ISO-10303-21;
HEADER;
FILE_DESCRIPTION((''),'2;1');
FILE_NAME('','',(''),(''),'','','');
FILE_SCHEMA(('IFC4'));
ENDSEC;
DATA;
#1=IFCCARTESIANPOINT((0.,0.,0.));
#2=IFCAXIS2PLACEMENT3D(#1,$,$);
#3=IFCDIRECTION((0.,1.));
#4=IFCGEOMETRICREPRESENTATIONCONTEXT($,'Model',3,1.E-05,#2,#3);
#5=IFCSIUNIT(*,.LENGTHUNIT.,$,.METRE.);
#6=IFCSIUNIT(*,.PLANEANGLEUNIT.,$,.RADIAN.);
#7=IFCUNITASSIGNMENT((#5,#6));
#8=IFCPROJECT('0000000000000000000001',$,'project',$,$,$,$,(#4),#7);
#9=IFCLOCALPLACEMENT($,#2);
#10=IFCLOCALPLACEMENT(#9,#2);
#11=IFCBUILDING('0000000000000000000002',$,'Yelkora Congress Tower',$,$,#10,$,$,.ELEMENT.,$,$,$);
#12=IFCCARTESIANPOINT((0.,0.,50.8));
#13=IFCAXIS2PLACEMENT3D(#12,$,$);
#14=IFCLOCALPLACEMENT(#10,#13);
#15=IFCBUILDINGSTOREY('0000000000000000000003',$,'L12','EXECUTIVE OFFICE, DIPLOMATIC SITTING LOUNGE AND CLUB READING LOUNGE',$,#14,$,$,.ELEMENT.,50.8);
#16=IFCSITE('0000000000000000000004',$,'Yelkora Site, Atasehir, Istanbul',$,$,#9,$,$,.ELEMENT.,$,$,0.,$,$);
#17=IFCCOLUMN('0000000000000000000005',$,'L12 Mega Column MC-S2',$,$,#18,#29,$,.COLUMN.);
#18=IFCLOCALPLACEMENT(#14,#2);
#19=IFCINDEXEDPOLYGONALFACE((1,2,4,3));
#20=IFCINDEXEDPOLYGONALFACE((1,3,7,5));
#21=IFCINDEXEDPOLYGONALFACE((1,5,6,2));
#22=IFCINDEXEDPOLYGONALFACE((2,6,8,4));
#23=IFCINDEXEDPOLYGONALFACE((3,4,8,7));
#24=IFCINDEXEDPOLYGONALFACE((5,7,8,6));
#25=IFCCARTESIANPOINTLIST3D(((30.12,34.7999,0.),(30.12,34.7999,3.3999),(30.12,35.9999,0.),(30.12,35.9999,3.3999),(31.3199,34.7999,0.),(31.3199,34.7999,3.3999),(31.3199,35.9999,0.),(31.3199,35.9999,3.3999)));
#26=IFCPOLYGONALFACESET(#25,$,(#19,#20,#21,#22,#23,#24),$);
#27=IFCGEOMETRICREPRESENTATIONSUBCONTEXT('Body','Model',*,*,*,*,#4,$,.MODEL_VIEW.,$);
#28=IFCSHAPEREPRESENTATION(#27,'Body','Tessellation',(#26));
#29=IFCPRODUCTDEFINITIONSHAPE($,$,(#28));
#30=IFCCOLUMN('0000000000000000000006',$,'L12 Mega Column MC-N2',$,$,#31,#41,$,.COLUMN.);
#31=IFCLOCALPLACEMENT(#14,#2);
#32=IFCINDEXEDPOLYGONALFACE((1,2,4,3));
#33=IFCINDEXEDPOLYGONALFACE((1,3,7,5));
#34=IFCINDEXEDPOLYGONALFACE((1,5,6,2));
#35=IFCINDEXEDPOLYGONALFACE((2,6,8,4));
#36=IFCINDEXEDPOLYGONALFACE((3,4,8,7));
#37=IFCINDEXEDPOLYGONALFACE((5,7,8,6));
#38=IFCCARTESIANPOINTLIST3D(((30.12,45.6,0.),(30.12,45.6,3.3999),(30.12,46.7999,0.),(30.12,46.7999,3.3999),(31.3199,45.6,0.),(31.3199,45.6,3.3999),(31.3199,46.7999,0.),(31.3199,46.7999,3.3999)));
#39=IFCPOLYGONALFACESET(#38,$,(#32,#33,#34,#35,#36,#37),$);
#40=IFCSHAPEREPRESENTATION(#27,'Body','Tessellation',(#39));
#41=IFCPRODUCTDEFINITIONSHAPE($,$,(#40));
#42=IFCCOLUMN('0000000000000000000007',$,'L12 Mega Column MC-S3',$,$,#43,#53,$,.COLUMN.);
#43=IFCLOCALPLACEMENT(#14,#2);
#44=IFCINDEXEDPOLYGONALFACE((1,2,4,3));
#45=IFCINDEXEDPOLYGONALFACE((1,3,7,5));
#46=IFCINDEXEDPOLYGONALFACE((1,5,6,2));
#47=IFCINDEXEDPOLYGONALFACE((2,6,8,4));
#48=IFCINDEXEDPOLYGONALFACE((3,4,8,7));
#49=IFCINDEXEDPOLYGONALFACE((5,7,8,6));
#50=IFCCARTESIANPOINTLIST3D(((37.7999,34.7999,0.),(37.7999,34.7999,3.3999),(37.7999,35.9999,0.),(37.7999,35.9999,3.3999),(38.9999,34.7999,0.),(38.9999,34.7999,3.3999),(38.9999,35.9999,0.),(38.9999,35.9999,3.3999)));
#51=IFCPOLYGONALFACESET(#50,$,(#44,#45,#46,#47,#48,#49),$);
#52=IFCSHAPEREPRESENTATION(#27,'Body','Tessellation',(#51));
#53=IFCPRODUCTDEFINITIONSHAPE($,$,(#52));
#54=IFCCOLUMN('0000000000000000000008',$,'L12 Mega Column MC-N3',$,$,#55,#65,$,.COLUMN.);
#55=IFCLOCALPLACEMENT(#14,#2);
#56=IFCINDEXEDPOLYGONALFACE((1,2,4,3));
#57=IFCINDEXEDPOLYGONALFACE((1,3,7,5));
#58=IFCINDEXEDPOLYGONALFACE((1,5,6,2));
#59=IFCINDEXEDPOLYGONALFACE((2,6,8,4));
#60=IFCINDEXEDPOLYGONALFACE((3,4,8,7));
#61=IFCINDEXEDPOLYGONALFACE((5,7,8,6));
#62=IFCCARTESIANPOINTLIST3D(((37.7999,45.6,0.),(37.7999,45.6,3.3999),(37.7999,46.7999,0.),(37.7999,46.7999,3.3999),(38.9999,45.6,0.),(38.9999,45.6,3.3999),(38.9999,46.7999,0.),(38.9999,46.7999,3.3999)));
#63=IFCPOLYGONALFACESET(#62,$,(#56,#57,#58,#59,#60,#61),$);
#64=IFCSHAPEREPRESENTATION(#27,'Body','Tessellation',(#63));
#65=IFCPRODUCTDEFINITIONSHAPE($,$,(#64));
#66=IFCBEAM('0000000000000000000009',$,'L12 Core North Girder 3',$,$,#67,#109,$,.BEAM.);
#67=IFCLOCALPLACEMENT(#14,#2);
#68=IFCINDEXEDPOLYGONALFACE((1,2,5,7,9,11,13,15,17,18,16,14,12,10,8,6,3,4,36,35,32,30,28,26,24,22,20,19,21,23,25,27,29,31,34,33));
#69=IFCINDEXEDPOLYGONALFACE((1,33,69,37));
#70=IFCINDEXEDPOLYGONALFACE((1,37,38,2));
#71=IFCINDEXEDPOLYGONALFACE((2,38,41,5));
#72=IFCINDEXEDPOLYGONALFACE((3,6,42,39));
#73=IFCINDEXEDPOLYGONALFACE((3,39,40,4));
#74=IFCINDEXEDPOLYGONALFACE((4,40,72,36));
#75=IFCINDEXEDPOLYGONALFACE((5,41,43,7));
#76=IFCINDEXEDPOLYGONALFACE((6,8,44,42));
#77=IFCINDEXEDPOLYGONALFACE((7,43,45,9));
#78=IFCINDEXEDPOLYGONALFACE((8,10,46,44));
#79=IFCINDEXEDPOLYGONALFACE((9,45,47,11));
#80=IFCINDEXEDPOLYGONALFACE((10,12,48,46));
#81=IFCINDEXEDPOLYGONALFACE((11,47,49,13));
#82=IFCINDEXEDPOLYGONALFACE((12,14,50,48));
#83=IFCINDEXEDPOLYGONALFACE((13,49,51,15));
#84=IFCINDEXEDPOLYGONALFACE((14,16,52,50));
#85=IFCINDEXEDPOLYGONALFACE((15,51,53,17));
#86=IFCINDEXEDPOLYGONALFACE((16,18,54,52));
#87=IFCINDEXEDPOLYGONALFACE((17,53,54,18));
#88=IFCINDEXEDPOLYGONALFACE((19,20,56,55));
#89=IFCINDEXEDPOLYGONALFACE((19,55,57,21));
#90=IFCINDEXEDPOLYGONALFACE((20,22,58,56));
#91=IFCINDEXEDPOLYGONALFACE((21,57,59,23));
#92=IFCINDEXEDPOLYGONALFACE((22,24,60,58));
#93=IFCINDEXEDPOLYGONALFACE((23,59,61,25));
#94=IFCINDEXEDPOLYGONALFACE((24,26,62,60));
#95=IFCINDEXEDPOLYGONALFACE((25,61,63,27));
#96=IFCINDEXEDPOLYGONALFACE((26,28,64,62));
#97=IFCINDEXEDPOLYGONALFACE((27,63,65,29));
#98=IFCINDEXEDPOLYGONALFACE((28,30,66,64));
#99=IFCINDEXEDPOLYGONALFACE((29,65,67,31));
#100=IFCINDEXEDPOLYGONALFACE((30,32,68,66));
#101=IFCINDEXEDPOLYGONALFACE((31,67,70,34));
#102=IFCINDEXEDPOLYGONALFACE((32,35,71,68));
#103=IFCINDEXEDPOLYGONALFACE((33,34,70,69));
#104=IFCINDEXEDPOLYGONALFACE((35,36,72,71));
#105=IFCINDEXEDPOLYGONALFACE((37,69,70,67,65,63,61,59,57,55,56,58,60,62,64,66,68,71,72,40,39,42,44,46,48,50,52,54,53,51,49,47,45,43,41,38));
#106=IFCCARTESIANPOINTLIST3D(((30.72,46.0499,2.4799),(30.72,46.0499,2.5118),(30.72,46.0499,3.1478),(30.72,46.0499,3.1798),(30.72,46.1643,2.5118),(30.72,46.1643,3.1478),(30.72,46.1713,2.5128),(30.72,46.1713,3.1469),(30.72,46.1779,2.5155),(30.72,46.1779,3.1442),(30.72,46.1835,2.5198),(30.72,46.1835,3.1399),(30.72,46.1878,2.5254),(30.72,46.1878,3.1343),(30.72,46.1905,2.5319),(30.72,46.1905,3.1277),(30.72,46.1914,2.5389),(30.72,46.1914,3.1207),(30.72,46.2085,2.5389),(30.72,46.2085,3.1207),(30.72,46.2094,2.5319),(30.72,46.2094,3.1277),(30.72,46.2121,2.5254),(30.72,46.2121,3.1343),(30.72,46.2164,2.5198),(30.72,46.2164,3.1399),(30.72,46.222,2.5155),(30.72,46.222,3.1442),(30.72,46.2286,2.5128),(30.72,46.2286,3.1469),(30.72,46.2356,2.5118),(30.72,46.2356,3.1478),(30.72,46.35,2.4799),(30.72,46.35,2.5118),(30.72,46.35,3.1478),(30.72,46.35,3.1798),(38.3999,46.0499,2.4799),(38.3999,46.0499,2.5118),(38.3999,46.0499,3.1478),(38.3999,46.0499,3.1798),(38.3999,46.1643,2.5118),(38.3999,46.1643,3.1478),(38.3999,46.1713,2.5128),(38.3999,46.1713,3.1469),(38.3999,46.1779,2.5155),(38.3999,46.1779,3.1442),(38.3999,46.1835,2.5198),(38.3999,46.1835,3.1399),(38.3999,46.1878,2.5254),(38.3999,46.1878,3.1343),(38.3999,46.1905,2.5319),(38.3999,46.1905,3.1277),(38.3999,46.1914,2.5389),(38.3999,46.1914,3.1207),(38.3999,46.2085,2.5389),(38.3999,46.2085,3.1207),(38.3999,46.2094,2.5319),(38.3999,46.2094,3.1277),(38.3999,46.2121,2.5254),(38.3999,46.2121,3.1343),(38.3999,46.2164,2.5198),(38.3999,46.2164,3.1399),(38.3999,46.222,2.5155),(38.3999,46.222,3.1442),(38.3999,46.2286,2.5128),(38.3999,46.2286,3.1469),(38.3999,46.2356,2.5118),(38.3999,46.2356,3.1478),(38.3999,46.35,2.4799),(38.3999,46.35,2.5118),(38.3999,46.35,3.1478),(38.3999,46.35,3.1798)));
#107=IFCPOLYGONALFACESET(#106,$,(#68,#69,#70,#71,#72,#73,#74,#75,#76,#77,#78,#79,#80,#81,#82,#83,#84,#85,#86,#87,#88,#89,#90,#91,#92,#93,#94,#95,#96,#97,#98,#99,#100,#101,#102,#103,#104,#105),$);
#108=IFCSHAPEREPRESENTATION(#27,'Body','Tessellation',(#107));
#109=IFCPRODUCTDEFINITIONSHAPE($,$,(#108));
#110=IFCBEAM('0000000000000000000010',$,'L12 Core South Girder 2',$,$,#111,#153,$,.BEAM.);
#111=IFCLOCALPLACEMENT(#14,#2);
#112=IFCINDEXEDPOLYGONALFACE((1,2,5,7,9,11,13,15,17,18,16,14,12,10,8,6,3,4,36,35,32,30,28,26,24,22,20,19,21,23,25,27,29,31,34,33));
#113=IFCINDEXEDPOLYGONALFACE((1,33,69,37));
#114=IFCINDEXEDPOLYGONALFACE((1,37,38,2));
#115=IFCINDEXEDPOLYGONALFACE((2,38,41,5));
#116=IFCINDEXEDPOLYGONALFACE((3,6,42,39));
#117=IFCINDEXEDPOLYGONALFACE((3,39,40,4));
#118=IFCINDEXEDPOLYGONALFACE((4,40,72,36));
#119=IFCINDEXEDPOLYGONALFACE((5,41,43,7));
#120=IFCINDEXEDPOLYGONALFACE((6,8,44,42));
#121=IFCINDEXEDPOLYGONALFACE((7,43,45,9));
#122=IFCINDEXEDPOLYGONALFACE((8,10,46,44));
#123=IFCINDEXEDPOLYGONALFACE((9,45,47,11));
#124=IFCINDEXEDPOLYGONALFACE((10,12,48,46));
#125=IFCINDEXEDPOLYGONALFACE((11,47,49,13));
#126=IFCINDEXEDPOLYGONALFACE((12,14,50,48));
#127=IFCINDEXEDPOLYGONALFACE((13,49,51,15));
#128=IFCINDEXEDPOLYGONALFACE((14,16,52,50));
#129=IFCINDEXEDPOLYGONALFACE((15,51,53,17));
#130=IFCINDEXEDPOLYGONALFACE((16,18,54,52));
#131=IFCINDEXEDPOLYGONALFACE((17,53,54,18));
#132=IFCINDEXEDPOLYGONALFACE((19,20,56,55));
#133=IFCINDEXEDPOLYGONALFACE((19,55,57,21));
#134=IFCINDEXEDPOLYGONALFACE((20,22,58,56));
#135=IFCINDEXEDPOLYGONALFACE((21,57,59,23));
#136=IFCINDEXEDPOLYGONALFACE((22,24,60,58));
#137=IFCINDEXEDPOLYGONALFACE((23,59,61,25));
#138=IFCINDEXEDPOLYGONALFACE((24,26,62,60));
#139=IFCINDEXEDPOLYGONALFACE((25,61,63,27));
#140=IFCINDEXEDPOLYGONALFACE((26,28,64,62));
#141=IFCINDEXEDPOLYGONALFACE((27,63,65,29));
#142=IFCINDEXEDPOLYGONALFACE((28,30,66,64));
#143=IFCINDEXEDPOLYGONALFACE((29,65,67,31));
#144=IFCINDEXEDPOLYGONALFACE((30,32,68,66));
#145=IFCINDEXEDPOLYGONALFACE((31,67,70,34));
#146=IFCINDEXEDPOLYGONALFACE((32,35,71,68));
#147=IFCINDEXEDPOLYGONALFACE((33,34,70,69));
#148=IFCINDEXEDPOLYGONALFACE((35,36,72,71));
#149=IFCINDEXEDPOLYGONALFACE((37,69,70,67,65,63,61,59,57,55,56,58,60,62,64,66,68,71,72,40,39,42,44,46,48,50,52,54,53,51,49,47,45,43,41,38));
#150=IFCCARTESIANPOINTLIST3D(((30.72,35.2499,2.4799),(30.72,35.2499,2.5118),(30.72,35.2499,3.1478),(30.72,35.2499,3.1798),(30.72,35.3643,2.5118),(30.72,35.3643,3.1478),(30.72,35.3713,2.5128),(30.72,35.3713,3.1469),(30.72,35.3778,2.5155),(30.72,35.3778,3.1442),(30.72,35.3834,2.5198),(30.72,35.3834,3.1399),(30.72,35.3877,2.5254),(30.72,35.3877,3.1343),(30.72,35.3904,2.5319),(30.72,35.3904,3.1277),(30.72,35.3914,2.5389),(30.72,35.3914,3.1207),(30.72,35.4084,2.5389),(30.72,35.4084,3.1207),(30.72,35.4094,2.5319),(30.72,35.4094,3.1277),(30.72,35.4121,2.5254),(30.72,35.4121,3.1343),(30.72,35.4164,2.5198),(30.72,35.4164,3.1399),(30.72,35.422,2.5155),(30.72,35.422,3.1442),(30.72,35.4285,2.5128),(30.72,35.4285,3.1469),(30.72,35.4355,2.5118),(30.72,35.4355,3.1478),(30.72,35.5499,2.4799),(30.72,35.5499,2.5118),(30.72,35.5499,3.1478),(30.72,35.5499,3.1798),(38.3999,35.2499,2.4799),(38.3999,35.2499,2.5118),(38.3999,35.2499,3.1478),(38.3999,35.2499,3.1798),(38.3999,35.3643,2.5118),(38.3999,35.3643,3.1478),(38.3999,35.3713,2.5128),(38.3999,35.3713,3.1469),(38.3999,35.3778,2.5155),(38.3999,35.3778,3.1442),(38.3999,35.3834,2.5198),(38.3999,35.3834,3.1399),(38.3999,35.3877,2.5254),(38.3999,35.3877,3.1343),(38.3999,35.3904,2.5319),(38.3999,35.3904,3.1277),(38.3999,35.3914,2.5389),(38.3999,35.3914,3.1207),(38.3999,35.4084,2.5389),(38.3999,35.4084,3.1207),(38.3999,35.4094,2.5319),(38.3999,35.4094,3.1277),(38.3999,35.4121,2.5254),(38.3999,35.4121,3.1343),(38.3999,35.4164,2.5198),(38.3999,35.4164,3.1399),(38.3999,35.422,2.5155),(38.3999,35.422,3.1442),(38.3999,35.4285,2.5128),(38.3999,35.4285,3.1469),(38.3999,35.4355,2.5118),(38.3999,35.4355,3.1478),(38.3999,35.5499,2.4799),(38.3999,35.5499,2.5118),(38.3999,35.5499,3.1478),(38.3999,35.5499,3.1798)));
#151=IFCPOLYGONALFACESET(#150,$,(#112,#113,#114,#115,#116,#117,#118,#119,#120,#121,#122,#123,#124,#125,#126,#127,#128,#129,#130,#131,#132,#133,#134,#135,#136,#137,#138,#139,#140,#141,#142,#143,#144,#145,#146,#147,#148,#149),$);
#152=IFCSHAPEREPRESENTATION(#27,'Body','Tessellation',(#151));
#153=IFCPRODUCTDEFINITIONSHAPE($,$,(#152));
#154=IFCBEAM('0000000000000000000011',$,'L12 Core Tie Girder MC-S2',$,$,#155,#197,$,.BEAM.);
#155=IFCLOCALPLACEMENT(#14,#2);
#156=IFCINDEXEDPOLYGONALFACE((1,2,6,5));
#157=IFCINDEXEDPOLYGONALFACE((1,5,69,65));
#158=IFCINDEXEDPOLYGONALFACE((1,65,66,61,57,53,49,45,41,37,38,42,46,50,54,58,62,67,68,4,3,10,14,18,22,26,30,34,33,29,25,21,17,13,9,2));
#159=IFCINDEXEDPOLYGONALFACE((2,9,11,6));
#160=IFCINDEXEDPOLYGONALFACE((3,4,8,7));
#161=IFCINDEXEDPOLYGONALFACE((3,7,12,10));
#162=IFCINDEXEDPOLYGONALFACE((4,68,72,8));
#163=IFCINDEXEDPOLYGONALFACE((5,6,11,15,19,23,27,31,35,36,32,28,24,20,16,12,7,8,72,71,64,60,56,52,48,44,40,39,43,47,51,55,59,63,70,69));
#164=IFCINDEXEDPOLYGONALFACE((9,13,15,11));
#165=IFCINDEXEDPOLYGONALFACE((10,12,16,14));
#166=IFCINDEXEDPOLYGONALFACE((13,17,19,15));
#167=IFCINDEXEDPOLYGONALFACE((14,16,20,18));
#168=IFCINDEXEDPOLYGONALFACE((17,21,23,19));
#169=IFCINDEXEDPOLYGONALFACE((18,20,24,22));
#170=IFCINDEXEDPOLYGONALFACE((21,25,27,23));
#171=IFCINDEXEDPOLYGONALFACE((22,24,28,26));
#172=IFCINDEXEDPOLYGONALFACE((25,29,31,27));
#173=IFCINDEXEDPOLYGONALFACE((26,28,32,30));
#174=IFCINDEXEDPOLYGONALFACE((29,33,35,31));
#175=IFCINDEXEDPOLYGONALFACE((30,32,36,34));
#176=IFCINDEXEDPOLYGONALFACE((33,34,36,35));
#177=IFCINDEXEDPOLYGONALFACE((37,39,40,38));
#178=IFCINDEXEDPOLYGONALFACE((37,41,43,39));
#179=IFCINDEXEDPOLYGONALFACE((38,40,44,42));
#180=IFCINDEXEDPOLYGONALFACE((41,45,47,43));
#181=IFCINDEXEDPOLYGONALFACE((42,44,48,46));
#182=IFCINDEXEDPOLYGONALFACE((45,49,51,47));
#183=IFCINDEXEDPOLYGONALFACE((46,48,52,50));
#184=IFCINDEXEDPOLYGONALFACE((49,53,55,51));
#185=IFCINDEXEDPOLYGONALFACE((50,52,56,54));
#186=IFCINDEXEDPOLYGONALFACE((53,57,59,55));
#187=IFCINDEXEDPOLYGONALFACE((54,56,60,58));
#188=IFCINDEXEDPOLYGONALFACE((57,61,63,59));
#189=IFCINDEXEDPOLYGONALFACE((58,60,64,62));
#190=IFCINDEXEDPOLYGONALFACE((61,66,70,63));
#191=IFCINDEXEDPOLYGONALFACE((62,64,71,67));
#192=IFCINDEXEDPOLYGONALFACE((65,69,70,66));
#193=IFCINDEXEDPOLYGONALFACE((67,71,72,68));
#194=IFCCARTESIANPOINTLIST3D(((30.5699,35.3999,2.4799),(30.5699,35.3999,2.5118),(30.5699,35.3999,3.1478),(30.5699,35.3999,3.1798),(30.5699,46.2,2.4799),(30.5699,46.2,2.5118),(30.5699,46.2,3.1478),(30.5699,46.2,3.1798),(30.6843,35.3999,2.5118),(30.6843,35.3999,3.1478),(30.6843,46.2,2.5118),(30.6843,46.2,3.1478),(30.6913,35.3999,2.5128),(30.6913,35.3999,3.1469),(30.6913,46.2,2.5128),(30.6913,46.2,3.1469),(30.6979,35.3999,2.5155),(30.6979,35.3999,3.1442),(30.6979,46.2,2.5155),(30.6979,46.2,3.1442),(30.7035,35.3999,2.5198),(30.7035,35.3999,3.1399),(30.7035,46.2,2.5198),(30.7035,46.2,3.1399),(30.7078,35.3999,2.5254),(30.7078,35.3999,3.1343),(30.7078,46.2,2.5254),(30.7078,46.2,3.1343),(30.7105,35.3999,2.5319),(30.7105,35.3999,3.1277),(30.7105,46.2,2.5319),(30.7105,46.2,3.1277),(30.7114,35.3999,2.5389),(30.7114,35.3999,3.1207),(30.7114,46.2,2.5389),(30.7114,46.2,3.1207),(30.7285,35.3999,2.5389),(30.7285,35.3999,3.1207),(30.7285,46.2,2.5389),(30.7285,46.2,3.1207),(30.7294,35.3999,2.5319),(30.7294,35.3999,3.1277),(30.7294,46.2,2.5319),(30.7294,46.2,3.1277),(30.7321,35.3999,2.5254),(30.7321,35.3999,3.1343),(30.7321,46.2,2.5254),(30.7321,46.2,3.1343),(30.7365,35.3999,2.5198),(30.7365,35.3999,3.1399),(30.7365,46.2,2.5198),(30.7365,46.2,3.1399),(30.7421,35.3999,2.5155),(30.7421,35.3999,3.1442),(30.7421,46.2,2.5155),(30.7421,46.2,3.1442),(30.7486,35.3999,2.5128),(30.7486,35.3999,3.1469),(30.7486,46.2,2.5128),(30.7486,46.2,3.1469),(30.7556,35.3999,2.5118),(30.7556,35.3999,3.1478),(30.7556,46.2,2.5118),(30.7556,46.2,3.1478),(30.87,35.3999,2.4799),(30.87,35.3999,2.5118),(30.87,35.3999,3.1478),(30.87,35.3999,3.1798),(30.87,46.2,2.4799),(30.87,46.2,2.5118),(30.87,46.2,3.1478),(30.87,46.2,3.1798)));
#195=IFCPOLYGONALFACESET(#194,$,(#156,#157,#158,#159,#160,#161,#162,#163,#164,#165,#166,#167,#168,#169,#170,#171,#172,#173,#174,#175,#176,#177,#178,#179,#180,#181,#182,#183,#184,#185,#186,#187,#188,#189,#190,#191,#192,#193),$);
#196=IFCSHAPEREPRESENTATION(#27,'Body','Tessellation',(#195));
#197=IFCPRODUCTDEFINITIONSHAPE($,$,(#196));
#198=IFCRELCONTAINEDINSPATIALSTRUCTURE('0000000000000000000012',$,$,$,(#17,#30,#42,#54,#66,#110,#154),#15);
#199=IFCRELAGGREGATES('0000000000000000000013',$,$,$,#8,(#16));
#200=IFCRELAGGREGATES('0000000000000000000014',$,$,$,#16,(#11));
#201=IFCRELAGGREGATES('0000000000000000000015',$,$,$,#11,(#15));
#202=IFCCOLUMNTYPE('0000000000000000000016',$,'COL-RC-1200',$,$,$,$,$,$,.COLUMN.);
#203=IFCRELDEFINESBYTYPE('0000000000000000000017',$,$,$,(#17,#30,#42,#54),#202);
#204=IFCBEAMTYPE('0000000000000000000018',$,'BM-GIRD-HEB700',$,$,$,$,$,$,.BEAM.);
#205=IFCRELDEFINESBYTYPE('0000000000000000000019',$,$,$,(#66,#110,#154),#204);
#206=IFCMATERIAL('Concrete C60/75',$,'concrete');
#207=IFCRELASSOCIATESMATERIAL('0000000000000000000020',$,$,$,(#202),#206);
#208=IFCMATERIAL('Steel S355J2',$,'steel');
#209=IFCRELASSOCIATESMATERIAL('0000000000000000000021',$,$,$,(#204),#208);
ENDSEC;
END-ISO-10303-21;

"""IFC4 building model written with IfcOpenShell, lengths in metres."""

from ifc_helpers import new_model, si_unit, direction, frame, origin, origin_2d, place, context, subcontext, project, spatial, rectangle, i_section, extrude, material, material_profile, profile_set, type_object, element, save


model = new_model("IFC4")

# Units and contexts
model_context = context("Model", 3, precision=1e-05, world=origin(), true_north=direction((0.0, 1.0)))
body_context = subcontext(model_context, "Body", "Model", "MODEL_VIEW")
ifc_project = project(units=[si_unit("LENGTHUNIT", "METRE"), si_unit("PLANEANGLEUNIT", "RADIAN")], contexts=[model_context])

# Site, building, storey
site_placement = place(None, origin())
site = spatial("IfcSite", under=ifc_project, at=site_placement, Name="Yelkora Site, Atasehir, Istanbul", CompositionType="ELEMENT", RefElevation=0.0)
building_placement = place(site_placement, origin())
building = spatial("IfcBuilding", under=site, at=building_placement, Name="Yelkora Congress Tower", CompositionType="ELEMENT")
storey_placement = place(building_placement, frame((0.0, 0.0, 50.8)))
storey = spatial("IfcBuildingStorey", under=building, at=storey_placement, Name="L12", Description="EXECUTIVE OFFICE, DIPLOMATIC SITTING LOUNGE AND CLUB READING LOUNGE", CompositionType="ELEMENT", Elevation=50.8)

# Columns
ifc_material_1 = material(Name="Concrete C60/75", Category="concrete")
ifc_material_profile_1 = material_profile(ifc_material_1, rectangle(XDim=1.2, YDim=1.2, at=origin_2d()), Name="RC 1200x1200")
ifc_profile_set_1 = profile_set([ifc_material_profile_1], Name="Concrete C60/75")
column_type = type_object("IfcColumnType", Name="COL-RC-1200", PredefinedType="COLUMN", material=ifc_profile_set_1)
for number, where, z_axis, x_axis, name in (
    (1, (30.72, 35.3999, 0.0), (0.0, 0.0, 1.0), (1.0, 0.0, 0.0), "L12 Mega Column MC-S2"),
    (2, (30.72, 46.2, 0.0), (0.0, 0.0, 1.0), (1.0, 0.0, 0.0), "L12 Mega Column MC-N2"),
    (3, (38.3999, 35.3999, 0.0), (0.0, 0.0, 1.0), (1.0, 0.0, 0.0), "L12 Mega Column MC-S3"),
    (4, (38.3999, 46.2, 0.0), (0.0, 0.0, 1.0), (1.0, 0.0, 0.0), "L12 Mega Column MC-N3"),
):
    element("IfcColumn", number, at=place(storey_placement, frame(where, z_axis=z_axis, x_axis=x_axis)), inside=storey, type_object=column_type, Name=name, PredefinedType="COLUMN", context=body_context, shape_type="SweptSolid", body=[
        extrude(rectangle(XDim=1.2, YDim=1.2, at=origin_2d()), origin(), (0.0, 0.0, 1.0), 3.3999),
    ])

# Beams
ifc_material_2 = material(Name="Steel S355J2", Category="steel")
ifc_material_profile_2 = material_profile(ifc_material_2, i_section(OverallWidth=0.3, OverallDepth=0.7, WebThickness=0.0171, FlangeThickness=0.032, FilletRadius=0.0271, at=origin_2d()), Name="HEB 700")
ifc_profile_set_2 = profile_set([ifc_material_profile_2], Name="Steel S355J2")
beam_type = type_object("IfcBeamType", Name="BM-GIRD-HEB700", PredefinedType="BEAM", material=ifc_profile_set_2)
for number, where, z_axis, x_axis, name in (
    (5, (30.72, 46.2, 2.8298), (1.0, 0.0, 0.0), (0.0, 1.0, 0.0), "L12 Core North Girder 3"),
    (6, (30.72, 35.3999, 2.8298), (1.0, 0.0, 0.0), (0.0, 1.0, 0.0), "L12 Core South Girder 2"),
):
    element("IfcBeam", number, at=place(storey_placement, frame(where, z_axis=z_axis, x_axis=x_axis)), inside=storey, type_object=beam_type, Name=name, PredefinedType="BEAM", context=body_context, shape_type="SweptSolid", body=[
        extrude(i_section(OverallWidth=0.3, OverallDepth=0.7, WebThickness=0.0171, FlangeThickness=0.032, FilletRadius=0.0271, at=origin_2d()), origin(), (0.0, 0.0, 1.0), 7.6799),
    ])
beam_placement = place(storey_placement, frame((30.72, 35.3999, 2.8298), z_axis=(0.0, 1.0, 0.0), x_axis=(-1.0, 0.0, 0.0)))
element("IfcBeam", 7, at=beam_placement, inside=storey, type_object=beam_type, Name="L12 Core Tie Girder MC-S2", PredefinedType="BEAM", context=body_context, shape_type="SweptSolid", body=[
    extrude(i_section(OverallWidth=0.3, OverallDepth=0.7, WebThickness=0.0171, FlangeThickness=0.032, FilletRadius=0.0271, at=origin_2d()), origin(), (0.0, 0.0, 1.0), 10.8),
])

save(model, "model.ifc")
